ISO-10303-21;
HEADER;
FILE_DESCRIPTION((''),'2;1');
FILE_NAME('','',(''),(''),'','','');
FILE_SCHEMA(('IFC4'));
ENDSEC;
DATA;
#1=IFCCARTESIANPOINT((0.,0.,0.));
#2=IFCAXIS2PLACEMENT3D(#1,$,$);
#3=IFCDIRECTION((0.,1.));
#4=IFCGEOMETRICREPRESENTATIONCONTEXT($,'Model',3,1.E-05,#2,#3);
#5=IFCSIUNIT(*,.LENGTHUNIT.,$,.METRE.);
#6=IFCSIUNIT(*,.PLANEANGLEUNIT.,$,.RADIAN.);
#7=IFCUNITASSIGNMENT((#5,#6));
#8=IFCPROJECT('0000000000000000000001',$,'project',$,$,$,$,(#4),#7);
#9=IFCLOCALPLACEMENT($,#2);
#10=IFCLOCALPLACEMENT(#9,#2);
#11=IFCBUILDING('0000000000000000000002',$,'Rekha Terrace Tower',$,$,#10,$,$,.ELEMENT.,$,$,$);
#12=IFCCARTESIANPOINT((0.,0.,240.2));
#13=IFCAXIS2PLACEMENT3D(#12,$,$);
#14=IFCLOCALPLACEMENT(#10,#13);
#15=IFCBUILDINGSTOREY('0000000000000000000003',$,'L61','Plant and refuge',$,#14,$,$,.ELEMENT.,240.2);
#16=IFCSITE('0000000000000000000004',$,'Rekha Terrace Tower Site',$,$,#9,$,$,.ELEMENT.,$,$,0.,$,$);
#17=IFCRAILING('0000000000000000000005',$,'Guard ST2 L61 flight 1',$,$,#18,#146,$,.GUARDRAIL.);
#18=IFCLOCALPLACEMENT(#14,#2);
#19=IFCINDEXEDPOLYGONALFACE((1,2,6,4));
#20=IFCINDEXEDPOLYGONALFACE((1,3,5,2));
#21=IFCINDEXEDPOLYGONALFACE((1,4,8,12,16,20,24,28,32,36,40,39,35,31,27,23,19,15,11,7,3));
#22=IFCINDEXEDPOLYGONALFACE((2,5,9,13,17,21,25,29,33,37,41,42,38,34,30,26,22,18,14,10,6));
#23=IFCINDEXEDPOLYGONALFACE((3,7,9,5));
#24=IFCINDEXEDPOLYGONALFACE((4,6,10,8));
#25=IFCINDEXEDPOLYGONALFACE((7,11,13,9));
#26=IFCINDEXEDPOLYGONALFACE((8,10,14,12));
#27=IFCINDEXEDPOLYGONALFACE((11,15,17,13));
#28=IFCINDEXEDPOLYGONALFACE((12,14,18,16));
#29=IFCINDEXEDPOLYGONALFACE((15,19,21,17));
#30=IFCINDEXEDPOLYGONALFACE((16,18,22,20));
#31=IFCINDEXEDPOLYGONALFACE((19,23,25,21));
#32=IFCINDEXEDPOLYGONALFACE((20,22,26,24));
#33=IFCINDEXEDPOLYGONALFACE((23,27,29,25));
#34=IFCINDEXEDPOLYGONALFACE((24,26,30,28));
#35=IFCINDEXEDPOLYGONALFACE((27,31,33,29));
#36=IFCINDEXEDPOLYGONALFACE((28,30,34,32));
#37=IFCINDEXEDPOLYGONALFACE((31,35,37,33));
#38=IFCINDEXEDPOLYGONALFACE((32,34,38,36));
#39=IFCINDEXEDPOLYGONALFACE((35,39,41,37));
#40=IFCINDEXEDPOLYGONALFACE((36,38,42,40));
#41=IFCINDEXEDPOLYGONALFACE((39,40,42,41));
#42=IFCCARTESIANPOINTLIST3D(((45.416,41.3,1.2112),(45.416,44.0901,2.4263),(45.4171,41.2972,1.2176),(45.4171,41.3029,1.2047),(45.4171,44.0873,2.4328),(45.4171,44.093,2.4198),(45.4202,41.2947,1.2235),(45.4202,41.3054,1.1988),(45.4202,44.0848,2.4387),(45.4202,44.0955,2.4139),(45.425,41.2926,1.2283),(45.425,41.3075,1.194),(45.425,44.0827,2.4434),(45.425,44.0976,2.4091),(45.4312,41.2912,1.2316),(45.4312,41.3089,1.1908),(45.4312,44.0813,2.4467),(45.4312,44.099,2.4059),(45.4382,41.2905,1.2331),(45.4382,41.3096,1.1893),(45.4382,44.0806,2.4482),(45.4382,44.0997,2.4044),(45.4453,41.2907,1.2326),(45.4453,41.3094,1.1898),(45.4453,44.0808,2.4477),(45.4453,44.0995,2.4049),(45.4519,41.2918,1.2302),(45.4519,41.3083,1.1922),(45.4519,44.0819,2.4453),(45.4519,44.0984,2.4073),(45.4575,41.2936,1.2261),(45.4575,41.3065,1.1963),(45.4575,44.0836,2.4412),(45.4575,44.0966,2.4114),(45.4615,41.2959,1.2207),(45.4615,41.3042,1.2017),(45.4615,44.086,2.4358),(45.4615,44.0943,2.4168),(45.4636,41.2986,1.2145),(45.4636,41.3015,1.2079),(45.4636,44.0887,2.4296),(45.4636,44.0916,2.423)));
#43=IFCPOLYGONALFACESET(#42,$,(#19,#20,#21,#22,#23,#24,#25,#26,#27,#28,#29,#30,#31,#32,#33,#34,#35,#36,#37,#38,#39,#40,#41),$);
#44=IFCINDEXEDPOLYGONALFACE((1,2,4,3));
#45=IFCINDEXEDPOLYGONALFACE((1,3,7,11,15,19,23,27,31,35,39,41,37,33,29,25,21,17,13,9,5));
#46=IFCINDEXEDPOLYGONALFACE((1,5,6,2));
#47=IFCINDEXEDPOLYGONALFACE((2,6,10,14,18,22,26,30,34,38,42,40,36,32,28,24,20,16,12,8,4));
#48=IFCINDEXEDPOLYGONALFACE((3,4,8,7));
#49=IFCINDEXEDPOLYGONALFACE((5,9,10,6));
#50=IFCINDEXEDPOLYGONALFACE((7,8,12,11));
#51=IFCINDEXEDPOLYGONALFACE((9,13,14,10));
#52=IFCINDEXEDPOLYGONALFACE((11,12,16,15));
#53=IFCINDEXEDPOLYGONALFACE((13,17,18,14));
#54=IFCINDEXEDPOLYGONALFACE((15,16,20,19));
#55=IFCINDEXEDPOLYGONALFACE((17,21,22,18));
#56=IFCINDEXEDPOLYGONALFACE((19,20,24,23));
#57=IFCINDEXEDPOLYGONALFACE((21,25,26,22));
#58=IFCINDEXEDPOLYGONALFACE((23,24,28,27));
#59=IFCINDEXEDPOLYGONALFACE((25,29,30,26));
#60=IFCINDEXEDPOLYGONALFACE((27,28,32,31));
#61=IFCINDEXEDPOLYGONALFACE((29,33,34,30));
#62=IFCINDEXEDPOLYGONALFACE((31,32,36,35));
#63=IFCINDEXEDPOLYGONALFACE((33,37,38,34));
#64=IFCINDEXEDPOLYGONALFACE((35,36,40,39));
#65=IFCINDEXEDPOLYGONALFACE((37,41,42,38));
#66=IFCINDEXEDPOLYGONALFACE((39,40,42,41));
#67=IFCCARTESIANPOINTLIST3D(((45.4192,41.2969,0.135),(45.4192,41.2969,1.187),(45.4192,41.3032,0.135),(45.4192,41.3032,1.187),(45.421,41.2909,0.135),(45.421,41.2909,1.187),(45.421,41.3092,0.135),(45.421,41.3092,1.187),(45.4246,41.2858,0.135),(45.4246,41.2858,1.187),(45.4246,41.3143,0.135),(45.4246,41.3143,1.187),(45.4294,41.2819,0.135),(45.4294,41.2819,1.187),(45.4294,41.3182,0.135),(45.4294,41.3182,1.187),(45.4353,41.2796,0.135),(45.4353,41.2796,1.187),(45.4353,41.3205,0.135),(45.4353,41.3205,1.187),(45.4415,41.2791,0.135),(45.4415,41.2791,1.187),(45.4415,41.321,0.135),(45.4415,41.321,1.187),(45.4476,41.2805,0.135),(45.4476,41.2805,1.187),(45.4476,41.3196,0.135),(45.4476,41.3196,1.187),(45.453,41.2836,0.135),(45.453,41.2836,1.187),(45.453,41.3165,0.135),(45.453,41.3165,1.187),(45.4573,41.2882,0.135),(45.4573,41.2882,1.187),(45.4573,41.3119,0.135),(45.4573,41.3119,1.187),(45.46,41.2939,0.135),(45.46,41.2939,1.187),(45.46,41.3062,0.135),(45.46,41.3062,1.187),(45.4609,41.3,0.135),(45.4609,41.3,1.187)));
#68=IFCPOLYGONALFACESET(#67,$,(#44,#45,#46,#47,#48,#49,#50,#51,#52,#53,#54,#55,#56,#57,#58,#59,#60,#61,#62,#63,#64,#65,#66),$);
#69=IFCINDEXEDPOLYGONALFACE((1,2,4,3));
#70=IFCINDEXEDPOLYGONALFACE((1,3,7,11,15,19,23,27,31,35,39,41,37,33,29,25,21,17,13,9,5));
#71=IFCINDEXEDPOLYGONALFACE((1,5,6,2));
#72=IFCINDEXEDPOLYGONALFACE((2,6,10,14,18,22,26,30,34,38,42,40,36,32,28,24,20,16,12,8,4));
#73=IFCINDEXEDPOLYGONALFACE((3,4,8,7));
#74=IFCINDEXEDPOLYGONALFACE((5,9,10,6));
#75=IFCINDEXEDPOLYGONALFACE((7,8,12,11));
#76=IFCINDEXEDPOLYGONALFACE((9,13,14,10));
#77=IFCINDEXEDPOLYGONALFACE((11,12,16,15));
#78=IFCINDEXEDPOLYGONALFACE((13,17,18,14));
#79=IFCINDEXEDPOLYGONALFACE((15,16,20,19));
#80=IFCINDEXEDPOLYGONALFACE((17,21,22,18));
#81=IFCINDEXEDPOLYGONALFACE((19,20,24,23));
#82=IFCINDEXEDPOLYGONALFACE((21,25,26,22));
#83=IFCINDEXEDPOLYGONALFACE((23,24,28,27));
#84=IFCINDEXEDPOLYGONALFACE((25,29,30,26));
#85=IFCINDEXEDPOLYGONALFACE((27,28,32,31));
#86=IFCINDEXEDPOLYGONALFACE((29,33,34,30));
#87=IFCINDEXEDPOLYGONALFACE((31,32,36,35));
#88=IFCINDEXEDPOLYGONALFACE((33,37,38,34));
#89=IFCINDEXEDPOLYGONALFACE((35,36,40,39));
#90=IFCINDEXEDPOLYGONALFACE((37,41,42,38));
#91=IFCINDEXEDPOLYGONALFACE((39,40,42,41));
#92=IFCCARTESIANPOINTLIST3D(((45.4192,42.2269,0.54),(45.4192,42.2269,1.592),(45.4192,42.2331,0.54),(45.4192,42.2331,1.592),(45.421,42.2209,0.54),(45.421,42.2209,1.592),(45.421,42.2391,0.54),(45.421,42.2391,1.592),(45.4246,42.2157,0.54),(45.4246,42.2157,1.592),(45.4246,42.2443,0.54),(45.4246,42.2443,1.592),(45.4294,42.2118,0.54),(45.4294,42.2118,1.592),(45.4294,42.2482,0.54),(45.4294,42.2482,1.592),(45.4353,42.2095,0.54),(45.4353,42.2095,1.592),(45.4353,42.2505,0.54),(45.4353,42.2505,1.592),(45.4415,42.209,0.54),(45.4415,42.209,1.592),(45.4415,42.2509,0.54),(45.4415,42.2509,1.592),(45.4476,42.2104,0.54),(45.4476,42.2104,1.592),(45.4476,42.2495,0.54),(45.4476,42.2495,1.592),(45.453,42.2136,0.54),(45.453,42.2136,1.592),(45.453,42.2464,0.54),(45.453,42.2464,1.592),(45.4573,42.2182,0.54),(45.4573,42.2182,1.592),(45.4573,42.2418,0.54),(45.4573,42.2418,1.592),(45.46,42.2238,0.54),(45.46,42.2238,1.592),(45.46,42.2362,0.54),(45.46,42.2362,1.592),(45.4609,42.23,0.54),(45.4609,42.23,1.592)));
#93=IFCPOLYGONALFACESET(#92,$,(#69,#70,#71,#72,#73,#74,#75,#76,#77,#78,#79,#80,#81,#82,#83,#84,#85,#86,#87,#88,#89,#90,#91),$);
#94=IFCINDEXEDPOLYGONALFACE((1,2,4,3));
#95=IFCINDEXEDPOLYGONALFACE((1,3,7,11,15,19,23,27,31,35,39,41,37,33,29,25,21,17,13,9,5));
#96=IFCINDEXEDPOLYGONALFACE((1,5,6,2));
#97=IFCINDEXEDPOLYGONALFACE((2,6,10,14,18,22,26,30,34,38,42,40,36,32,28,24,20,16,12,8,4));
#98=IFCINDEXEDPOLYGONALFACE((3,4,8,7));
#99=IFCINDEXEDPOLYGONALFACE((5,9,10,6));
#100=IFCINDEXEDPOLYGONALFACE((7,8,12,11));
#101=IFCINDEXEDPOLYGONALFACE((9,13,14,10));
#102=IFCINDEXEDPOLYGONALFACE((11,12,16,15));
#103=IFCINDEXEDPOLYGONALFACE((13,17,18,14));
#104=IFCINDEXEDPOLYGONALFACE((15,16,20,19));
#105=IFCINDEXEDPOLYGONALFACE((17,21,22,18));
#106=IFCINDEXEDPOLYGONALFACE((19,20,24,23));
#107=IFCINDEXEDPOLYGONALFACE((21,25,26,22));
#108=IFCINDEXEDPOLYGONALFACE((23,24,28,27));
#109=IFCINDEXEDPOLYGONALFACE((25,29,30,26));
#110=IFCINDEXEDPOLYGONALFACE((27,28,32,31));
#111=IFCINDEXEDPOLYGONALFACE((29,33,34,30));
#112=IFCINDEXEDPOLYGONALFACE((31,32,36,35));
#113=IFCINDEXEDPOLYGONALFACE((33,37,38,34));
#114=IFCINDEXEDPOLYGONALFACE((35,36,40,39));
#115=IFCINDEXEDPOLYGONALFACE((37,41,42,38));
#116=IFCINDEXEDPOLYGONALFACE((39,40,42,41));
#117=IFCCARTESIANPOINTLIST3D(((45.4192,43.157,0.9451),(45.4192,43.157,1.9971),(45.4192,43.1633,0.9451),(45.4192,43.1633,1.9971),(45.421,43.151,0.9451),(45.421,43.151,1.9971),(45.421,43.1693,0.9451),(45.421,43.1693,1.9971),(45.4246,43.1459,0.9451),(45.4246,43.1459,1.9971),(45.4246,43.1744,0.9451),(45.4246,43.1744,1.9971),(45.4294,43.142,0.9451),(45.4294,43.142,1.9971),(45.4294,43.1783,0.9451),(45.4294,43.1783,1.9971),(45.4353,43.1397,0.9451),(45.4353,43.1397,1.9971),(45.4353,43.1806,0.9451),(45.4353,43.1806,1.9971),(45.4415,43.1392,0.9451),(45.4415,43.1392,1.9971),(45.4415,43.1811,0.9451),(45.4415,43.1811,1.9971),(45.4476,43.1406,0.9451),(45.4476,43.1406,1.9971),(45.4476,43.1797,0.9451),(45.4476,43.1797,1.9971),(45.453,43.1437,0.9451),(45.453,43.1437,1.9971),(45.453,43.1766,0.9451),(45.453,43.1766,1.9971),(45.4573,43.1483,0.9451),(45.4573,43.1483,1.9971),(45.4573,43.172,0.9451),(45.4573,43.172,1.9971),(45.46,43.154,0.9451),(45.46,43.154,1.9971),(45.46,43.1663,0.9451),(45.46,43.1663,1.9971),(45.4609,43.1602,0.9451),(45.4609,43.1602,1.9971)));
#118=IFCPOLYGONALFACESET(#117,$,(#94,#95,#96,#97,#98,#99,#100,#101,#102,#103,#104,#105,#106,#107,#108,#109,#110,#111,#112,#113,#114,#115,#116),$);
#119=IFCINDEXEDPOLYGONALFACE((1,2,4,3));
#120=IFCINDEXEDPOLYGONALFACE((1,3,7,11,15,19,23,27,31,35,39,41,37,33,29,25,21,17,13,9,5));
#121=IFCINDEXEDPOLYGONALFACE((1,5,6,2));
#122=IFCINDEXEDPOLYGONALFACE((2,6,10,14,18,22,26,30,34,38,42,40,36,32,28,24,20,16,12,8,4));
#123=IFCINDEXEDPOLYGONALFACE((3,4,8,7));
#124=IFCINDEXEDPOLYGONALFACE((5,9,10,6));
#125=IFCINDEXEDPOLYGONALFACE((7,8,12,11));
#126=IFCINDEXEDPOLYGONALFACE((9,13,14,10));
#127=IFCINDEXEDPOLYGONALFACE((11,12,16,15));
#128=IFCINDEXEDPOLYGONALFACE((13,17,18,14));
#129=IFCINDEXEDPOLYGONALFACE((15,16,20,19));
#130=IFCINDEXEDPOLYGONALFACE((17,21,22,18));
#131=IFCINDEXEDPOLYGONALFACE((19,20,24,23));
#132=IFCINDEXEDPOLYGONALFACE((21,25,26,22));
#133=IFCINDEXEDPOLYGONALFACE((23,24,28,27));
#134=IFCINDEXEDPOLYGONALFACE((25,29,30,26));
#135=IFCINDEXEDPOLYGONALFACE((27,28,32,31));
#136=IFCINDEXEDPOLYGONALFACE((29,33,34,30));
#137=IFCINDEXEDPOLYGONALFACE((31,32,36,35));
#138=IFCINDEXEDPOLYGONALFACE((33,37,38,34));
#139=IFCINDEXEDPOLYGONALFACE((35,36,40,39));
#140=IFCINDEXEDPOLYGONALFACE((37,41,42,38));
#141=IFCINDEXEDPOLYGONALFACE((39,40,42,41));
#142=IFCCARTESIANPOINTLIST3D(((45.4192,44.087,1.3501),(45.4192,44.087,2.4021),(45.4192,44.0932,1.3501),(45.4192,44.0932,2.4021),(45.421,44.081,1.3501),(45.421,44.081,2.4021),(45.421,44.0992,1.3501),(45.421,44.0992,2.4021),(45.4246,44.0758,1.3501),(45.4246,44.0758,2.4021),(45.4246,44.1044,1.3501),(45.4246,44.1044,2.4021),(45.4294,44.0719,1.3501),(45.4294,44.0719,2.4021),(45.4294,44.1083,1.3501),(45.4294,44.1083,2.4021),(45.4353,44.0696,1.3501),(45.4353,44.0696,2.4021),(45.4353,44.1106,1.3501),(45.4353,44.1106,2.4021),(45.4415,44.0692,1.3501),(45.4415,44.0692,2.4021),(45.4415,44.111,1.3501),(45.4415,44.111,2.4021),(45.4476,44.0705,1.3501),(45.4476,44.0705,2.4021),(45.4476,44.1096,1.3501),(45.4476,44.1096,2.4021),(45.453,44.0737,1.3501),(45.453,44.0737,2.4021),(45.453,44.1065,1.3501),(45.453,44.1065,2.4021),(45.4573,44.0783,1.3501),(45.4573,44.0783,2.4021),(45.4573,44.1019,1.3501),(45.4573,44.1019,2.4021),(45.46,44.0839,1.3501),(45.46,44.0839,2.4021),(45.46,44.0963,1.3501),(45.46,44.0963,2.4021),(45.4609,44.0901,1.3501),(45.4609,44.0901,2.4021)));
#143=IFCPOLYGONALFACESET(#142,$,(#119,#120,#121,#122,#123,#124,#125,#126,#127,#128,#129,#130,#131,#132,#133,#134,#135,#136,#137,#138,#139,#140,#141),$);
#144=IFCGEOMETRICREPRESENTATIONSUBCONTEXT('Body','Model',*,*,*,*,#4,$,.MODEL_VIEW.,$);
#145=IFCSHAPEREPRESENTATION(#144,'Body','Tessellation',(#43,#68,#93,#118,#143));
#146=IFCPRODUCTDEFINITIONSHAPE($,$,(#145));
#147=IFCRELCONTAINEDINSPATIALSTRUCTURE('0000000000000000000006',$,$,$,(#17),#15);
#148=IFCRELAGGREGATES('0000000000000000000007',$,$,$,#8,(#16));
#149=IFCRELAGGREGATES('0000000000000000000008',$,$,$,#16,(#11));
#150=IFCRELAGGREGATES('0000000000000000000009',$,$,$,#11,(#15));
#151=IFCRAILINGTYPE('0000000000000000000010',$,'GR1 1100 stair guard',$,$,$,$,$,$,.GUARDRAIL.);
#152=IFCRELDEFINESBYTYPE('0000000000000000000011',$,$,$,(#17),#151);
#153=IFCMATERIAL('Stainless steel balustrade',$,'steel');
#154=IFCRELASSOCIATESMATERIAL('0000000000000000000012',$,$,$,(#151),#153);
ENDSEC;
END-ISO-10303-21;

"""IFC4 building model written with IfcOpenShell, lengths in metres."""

from ifc_helpers import new_model, si_unit, direction, frame, origin, origin_2d, place, context, subcontext, project, spatial, circle, extrude, material, type_object, element, save


model = new_model("IFC4")

# Units and contexts
model_context = context("Model", 3, precision=1e-05, world=origin(), true_north=direction((0.0, 1.0)))
body_context = subcontext(model_context, "Body", "Model", "MODEL_VIEW")
ifc_project = project(units=[si_unit("LENGTHUNIT", "METRE"), si_unit("PLANEANGLEUNIT", "RADIAN")], contexts=[model_context])

# Site, building, storey
site_placement = place(None, origin())
site = spatial("IfcSite", under=ifc_project, at=site_placement, Name="Rekha Terrace Tower Site", CompositionType="ELEMENT", RefElevation=0.0)
building_placement = place(site_placement, origin())
building = spatial("IfcBuilding", under=site, at=building_placement, Name="Rekha Terrace Tower", CompositionType="ELEMENT")
storey_placement = place(building_placement, frame((0.0, 0.0, 240.2)))
storey = spatial("IfcBuildingStorey", under=building, at=storey_placement, Name="L61", Description="Plant and refuge", CompositionType="ELEMENT", Elevation=240.2)

# Railing
ifc_material_1 = material(Name="Stainless steel balustrade", Category="steel")
railing_type_1 = type_object("IfcRailingType", Name="GR1 1100 stair guard", PredefinedType="GUARDRAIL", material=ifc_material_1)
railing_1_placement = place(storey_placement, frame((45.4399, 41.3, 0.135)))
element("IfcRailing", 1, at=railing_1_placement, inside=storey, type_object=railing_type_1, Name="Guard ST2 L61 flight 1", PredefinedType="GUARDRAIL", context=body_context, shape_type="SweptSolid", body=[
    extrude(circle(Radius=0.0239, at=origin_2d()), frame((0.0, 0.0, 1.0762), z_axis=(0.0, 0.916826, 0.399286), x_axis=(-1.0, 0.0, 0.0)), (0.0, 0.0, 1.0), 3.0432),
    extrude(circle(Radius=0.021, at=origin_2d()), origin(), (0.0, 0.0, 1.0), 1.052),
    extrude(circle(Radius=0.021, at=origin_2d()), frame((0.0, 0.9299, 0.405)), (0.0, 0.0, 1.0), 1.052),
    extrude(circle(Radius=0.021, at=origin_2d()), frame((0.0, 1.8601, 0.8101)), (0.0, 0.0, 1.0), 1.052),
    extrude(circle(Radius=0.021, at=origin_2d()), frame((0.0, 2.79, 1.2151)), (0.0, 0.0, 1.0), 1.052),
])

save(model, "model.ifc")
